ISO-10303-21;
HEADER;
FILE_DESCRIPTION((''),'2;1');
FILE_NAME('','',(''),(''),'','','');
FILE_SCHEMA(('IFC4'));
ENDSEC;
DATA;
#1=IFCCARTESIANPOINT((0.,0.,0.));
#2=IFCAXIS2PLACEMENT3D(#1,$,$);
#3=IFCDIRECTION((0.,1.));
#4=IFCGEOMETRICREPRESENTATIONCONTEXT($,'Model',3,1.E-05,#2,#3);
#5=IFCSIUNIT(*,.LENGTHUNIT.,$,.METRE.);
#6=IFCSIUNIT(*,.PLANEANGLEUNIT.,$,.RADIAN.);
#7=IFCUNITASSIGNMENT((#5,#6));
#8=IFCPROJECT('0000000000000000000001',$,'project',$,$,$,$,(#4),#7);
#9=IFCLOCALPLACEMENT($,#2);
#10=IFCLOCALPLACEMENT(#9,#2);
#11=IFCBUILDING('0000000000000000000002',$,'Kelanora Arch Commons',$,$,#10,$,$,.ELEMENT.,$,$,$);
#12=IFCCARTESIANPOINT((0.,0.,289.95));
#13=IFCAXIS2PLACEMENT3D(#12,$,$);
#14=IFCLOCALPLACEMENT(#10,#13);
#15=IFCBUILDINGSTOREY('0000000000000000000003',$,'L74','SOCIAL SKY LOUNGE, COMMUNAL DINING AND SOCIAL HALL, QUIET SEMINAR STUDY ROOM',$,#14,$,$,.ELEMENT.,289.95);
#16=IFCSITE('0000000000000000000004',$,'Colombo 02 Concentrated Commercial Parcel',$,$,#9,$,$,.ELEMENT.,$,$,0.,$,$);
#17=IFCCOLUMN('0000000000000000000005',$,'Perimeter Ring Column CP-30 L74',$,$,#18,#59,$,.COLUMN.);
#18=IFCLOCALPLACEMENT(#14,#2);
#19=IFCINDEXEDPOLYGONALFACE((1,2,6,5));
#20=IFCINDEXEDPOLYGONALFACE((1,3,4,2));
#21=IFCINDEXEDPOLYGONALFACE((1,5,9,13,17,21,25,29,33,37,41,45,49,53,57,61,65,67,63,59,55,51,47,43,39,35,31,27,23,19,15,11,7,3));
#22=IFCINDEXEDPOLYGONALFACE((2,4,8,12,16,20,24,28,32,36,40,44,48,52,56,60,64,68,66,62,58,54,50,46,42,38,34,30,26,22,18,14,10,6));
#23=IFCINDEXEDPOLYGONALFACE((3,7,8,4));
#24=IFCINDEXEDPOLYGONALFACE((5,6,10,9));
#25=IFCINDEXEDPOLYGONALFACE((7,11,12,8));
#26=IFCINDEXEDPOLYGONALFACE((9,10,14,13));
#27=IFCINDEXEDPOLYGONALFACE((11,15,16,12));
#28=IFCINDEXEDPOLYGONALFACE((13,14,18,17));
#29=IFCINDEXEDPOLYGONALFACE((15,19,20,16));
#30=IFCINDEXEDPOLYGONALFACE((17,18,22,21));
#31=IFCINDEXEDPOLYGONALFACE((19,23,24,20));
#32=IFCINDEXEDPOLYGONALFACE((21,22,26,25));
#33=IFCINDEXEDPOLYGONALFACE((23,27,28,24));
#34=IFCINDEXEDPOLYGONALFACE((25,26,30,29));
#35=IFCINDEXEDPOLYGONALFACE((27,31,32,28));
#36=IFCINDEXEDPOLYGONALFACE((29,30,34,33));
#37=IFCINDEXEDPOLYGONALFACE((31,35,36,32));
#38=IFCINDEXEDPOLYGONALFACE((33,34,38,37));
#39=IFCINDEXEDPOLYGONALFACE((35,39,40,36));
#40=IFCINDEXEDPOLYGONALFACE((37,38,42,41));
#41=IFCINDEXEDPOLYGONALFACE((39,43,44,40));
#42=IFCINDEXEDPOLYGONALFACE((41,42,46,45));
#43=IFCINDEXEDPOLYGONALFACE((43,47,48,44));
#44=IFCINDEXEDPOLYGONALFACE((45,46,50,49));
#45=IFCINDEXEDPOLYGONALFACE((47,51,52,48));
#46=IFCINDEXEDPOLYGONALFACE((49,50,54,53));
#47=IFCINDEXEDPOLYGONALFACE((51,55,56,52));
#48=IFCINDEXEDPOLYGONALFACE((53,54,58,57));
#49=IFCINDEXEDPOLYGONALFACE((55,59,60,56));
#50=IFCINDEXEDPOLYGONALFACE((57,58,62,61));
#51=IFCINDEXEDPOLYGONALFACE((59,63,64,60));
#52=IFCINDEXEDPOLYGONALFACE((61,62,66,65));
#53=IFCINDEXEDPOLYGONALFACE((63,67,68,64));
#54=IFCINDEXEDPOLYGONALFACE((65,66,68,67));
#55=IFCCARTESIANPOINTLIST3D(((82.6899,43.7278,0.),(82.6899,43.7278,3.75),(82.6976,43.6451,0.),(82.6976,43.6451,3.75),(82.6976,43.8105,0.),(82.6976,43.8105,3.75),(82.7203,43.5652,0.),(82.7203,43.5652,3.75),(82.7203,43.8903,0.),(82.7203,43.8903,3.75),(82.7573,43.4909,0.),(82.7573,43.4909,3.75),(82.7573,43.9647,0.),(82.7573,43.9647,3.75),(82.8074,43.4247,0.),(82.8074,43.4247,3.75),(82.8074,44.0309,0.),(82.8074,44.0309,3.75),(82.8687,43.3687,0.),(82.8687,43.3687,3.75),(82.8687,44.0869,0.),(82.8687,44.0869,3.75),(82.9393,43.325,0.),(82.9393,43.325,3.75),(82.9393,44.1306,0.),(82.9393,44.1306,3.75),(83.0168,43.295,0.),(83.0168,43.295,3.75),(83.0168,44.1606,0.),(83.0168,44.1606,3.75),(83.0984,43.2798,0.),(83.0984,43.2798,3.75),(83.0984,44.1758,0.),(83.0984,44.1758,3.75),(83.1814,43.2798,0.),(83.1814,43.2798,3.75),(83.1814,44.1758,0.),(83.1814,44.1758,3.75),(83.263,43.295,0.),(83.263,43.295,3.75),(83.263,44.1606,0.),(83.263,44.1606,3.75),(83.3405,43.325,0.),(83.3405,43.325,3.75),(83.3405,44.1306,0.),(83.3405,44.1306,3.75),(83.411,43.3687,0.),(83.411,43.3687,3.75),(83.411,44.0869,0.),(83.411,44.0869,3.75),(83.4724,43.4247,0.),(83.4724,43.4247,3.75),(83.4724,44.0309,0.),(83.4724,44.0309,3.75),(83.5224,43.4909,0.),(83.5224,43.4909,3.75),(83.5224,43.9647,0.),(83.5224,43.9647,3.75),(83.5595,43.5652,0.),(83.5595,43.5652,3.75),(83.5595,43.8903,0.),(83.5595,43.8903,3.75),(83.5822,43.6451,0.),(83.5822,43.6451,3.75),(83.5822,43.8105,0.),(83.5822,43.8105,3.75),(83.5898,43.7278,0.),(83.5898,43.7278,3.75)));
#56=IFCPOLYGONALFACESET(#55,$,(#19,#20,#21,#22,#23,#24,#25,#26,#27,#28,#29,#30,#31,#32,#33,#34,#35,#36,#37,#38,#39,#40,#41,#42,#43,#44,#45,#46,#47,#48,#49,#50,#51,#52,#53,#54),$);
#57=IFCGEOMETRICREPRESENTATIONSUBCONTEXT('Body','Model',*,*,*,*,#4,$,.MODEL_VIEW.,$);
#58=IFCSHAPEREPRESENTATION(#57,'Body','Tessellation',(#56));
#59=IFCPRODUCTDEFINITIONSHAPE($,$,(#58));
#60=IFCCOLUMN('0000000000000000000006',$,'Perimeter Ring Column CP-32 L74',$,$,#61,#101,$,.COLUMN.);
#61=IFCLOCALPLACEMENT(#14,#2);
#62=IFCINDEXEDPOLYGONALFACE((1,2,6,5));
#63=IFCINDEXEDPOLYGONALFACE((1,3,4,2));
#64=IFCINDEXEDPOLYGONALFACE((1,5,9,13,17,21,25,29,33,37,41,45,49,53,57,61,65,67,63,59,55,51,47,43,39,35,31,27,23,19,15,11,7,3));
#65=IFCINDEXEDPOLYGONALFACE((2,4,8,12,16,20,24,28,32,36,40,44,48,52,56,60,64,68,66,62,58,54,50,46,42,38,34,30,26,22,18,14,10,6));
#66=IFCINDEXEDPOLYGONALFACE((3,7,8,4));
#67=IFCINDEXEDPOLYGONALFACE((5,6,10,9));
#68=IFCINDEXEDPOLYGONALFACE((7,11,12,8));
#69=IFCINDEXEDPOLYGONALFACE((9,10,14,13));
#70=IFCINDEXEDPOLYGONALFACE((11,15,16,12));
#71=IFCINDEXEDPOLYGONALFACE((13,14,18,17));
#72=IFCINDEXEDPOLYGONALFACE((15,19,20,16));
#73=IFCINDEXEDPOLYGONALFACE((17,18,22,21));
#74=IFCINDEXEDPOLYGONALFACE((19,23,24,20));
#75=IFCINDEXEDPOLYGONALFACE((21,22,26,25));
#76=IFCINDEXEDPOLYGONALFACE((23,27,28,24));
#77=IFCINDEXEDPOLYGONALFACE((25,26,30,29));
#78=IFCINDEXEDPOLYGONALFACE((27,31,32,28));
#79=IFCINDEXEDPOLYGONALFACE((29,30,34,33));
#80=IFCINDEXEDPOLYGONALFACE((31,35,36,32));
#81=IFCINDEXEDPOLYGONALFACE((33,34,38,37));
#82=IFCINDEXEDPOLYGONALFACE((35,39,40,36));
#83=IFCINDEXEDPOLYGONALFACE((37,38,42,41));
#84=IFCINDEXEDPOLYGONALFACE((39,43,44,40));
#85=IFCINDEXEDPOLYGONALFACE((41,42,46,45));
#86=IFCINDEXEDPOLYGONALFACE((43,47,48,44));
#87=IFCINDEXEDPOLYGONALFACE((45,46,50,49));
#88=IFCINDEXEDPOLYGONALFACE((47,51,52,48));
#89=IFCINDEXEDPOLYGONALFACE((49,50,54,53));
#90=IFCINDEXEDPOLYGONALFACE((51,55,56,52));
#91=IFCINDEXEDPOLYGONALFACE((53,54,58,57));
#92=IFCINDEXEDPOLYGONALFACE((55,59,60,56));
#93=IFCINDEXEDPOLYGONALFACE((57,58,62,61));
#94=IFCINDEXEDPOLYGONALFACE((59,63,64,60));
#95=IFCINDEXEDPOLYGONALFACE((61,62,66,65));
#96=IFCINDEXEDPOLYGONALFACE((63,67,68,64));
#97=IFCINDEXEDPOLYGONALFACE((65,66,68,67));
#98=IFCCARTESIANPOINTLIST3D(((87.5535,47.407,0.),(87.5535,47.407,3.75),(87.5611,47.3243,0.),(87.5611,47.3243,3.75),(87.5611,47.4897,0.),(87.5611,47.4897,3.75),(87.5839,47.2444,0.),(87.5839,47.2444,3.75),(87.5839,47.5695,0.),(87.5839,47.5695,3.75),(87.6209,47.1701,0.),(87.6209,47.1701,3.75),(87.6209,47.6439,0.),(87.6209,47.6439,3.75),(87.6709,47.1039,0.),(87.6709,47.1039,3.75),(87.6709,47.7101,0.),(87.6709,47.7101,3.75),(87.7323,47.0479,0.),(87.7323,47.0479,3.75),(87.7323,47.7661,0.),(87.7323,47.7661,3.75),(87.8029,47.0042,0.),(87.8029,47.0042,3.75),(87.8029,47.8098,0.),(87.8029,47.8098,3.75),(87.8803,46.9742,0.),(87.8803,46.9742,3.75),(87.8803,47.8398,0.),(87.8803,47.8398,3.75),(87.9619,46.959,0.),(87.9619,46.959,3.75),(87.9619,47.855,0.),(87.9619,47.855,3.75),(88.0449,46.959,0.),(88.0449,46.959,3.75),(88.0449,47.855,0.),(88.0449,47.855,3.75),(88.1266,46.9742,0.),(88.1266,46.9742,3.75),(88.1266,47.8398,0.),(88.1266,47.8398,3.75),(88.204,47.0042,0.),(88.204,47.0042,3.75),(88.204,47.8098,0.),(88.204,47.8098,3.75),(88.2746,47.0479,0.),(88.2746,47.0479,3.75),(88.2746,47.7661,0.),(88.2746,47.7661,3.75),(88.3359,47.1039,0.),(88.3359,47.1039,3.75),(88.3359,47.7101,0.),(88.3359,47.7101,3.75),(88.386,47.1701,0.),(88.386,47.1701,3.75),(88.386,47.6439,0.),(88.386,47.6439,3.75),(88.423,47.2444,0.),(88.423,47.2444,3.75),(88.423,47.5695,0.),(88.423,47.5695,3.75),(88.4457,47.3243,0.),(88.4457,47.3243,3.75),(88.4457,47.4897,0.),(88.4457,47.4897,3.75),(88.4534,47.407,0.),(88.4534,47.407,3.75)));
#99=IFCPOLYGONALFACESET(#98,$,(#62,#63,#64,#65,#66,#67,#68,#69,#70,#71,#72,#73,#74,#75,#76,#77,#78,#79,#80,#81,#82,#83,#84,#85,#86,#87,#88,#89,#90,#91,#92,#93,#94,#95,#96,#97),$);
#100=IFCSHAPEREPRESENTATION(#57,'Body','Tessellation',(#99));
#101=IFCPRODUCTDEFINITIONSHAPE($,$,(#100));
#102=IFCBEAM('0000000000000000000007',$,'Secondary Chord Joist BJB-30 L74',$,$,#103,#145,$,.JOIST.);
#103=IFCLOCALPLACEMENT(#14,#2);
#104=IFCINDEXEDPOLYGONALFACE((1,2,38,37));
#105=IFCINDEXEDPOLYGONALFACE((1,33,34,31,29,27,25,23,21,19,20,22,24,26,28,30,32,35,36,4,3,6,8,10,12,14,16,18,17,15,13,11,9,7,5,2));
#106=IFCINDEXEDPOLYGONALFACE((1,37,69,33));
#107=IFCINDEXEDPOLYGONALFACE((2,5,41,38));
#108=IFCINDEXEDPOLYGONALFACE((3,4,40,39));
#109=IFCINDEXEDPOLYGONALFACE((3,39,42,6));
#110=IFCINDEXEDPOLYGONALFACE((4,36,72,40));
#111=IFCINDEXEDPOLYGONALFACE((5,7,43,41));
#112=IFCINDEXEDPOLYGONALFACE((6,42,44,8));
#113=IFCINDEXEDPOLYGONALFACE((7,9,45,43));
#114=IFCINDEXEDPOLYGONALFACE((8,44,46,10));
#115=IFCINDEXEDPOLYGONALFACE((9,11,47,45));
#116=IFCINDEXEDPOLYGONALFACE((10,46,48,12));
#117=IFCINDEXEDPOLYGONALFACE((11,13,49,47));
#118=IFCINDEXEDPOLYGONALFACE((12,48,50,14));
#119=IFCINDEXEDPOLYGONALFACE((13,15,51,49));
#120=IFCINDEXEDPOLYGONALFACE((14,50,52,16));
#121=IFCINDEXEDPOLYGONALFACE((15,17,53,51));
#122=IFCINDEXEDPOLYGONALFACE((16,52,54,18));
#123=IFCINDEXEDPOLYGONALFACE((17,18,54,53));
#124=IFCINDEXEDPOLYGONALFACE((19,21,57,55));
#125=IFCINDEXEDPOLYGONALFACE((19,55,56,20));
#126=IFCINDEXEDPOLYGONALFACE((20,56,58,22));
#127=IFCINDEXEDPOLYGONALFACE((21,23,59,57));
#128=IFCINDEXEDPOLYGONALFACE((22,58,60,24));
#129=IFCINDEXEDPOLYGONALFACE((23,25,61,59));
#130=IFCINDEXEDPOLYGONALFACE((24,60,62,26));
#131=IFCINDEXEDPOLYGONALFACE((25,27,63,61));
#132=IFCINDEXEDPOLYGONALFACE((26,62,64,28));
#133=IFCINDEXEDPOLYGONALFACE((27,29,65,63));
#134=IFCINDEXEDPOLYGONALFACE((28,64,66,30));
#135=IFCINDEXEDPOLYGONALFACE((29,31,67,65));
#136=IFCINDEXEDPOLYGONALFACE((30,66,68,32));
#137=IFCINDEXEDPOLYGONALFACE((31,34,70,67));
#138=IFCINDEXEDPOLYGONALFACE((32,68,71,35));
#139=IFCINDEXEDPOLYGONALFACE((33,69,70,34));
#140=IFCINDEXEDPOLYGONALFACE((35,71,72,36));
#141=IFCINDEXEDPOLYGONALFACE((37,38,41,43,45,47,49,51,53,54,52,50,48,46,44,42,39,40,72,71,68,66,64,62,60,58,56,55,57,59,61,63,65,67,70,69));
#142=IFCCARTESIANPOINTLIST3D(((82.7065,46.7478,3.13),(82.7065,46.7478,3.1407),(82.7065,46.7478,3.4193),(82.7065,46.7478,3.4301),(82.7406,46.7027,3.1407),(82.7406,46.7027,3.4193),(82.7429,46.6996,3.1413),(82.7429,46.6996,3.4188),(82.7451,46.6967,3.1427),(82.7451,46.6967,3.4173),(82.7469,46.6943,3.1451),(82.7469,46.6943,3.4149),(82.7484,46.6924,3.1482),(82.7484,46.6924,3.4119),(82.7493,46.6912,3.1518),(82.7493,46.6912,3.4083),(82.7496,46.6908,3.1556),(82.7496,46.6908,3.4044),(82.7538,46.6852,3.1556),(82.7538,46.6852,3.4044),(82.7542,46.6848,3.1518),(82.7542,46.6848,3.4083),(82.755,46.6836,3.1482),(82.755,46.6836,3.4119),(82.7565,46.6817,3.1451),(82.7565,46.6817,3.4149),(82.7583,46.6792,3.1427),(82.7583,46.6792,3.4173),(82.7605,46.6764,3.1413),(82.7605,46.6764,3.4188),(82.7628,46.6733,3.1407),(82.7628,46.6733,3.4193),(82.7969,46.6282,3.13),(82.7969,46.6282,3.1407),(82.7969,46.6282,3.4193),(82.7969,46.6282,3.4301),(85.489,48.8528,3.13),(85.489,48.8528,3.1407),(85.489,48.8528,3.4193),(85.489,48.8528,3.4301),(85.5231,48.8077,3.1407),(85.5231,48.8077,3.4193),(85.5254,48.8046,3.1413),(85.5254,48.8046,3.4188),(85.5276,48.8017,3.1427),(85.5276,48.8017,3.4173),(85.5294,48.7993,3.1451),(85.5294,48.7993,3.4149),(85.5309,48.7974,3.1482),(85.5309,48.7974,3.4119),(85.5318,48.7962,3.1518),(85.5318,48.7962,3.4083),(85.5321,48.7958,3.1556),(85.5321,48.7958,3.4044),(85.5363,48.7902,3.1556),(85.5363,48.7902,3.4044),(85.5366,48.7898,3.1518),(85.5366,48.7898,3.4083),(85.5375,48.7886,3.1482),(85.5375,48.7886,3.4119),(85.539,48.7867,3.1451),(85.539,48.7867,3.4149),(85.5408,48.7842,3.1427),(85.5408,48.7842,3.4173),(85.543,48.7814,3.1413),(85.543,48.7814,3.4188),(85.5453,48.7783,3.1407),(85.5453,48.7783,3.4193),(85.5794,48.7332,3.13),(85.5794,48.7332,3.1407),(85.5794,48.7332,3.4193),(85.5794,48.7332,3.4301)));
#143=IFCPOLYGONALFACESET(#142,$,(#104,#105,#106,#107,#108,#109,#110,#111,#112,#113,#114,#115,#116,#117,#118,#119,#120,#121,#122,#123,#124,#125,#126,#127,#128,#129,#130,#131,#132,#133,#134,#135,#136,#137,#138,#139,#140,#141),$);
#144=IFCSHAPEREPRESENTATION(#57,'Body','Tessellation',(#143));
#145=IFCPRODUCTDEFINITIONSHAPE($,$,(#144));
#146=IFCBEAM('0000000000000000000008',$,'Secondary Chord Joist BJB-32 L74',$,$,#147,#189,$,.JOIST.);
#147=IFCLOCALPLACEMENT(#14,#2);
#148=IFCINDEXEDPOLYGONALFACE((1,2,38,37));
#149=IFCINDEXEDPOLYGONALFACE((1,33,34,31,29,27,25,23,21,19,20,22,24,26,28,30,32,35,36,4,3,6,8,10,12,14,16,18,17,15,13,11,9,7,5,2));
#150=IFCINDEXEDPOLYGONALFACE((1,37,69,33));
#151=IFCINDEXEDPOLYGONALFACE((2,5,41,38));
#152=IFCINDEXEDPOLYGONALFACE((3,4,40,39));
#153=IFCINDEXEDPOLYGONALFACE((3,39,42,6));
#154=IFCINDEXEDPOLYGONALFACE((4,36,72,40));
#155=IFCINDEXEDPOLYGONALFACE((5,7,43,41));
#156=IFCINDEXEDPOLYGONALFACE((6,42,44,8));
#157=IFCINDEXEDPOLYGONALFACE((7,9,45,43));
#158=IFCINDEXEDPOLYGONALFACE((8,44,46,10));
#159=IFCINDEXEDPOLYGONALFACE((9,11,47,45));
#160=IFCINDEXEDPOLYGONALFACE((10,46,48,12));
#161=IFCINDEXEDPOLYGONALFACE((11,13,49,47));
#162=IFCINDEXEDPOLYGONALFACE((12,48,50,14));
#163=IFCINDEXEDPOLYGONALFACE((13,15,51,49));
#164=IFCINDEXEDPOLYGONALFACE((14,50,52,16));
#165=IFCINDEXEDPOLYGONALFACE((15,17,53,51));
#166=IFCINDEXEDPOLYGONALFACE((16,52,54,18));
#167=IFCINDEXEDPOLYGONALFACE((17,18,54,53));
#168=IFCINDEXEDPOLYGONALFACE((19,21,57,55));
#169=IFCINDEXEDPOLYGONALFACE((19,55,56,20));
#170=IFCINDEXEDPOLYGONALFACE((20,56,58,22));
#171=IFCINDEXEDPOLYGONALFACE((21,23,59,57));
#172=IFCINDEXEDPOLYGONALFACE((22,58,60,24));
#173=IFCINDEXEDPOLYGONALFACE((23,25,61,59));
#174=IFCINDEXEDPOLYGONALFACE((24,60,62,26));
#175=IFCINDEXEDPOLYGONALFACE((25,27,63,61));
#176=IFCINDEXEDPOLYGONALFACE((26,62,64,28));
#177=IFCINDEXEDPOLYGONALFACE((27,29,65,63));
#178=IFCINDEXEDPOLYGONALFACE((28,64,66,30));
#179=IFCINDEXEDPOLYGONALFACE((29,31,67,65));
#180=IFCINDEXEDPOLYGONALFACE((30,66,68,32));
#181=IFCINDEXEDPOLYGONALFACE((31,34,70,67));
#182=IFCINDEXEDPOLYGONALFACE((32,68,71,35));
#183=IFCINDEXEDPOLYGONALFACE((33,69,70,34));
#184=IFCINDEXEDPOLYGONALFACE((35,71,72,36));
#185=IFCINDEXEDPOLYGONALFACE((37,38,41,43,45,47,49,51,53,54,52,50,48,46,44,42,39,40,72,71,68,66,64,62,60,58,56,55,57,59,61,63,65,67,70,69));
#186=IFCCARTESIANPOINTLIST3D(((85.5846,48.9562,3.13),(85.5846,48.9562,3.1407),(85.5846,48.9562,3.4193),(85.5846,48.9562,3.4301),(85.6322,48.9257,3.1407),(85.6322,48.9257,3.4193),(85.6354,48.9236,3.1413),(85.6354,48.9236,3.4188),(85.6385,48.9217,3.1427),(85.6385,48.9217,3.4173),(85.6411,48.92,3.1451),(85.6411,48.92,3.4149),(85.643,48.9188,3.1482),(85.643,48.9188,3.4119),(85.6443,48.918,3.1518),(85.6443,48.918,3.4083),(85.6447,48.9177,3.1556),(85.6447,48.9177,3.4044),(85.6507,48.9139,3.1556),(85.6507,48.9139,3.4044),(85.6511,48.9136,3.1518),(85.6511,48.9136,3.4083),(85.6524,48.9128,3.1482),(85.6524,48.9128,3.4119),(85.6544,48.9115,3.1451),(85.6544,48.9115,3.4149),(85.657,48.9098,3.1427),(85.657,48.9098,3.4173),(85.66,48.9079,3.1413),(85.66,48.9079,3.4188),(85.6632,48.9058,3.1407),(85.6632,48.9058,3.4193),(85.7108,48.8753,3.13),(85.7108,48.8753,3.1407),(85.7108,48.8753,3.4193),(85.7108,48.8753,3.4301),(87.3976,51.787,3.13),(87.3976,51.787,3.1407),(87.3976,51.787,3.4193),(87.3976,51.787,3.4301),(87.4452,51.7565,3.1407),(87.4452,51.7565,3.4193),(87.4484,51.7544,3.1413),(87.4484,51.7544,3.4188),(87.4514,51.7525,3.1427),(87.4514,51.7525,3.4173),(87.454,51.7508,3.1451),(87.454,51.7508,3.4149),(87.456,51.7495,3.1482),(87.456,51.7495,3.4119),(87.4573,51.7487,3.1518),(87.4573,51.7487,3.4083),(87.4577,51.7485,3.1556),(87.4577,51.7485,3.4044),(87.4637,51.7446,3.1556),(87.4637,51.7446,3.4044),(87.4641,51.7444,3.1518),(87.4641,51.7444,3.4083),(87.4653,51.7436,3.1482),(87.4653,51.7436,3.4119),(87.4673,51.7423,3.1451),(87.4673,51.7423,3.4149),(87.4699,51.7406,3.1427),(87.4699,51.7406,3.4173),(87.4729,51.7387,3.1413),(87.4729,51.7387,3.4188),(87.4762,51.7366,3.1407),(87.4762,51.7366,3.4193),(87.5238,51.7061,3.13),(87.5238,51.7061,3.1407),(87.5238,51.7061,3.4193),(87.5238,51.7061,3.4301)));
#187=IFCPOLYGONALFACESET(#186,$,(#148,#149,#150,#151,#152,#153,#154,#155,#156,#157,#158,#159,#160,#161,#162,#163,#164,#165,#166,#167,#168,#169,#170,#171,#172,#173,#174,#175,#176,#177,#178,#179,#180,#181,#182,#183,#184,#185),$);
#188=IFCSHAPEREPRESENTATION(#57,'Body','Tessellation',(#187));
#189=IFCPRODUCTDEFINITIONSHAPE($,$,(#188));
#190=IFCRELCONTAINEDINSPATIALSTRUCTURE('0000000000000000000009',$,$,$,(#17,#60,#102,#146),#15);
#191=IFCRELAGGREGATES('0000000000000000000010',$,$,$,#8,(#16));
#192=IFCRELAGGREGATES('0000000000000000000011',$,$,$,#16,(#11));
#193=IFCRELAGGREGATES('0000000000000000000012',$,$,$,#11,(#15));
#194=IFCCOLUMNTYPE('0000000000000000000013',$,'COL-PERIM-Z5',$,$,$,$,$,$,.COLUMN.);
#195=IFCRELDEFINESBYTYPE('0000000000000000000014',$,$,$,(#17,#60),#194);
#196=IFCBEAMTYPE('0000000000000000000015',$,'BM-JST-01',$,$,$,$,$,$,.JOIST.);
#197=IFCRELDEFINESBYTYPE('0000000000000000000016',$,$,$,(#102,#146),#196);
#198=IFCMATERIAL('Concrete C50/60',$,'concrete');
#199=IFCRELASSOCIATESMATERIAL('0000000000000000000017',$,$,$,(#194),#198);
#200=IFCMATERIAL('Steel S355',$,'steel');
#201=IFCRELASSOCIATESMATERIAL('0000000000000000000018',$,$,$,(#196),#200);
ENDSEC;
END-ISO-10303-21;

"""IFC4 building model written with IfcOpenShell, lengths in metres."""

from ifc_helpers import new_model, si_unit, direction, frame, origin, origin_2d, place, context, subcontext, project, spatial, circle, i_section, extrude, material, material_profile, profile_set, type_object, element, save


model = new_model("IFC4")

# Units and contexts
model_context = context("Model", 3, precision=1e-05, world=origin(), true_north=direction((0.0, 1.0)))
body_context = subcontext(model_context, "Body", "Model", "MODEL_VIEW")
ifc_project = project(units=[si_unit("LENGTHUNIT", "METRE"), si_unit("PLANEANGLEUNIT", "RADIAN")], contexts=[model_context])

# Site, building, storey
site_placement = place(None, origin())
site = spatial("IfcSite", under=ifc_project, at=site_placement, Name="Colombo 02 Concentrated Commercial Parcel", CompositionType="ELEMENT", RefElevation=0.0)
building_placement = place(site_placement, origin())
building = spatial("IfcBuilding", under=site, at=building_placement, Name="Kelanora Arch Commons", CompositionType="ELEMENT")
storey_placement = place(building_placement, frame((0.0, 0.0, 289.95)))
storey = spatial("IfcBuildingStorey", under=building, at=storey_placement, Name="L74", Description="SOCIAL SKY LOUNGE, COMMUNAL DINING AND SOCIAL HALL, QUIET SEMINAR STUDY ROOM", CompositionType="ELEMENT", Elevation=289.95)

# Columns
ifc_material_1 = material(Name="Concrete C50/60", Category="concrete")
ifc_material_profile_1 = material_profile(ifc_material_1, circle(Radius=0.45, at=origin_2d()), Name="RCC900")
ifc_profile_set_1 = profile_set([ifc_material_profile_1], Name="Concrete C50/60")
column_type = type_object("IfcColumnType", Name="COL-PERIM-Z5", PredefinedType="COLUMN", material=ifc_profile_set_1)
for number, where, z_axis, x_axis, name in (
    (1, (83.1399, 43.7278, 0.0), (0.0, 0.0, 1.0), (1.0, 0.0, 0.0), "Perimeter Ring Column CP-30 L74"),
    (2, (88.0034, 47.407, 0.0), (0.0, 0.0, 1.0), (1.0, 0.0, 0.0), "Perimeter Ring Column CP-32 L74"),
):
    element("IfcColumn", number, at=place(storey_placement, frame(where, z_axis=z_axis, x_axis=x_axis)), inside=storey, type_object=column_type, Name=name, PredefinedType="COLUMN", context=body_context, shape_type="SweptSolid", body=[
        extrude(circle(Radius=0.45, at=origin_2d()), origin(), (0.0, 0.0, 1.0), 3.75),
    ])

# Beams
ifc_material_2 = material(Name="Steel S355", Category="steel")
ifc_material_profile_2 = material_profile(ifc_material_2, i_section(OverallWidth=0.1499, OverallDepth=0.3, WebThickness=0.0071, FlangeThickness=0.0107, FilletRadius=0.0149, at=origin_2d()), Name="IPE300")
ifc_profile_set_2 = profile_set([ifc_material_profile_2], Name="Steel S355")
beam_type_1 = type_object("IfcBeamType", Name="BM-JST-01", PredefinedType="JOIST", material=ifc_profile_set_2)
beam_1_placement = place(storey_placement, frame((82.7517, 46.688, 3.28), z_axis=(0.797499, 0.60332, 0.0), x_axis=(-0.60332, 0.797499, 0.0)))
element("IfcBeam", 3, at=beam_1_placement, inside=storey, type_object=beam_type_1, Name="Secondary Chord Joist BJB-30 L74", PredefinedType="JOIST", context=body_context, shape_type="SweptSolid", body=[
    extrude(i_section(OverallWidth=0.1499, OverallDepth=0.3, WebThickness=0.0071, FlangeThickness=0.0107, FilletRadius=0.0149, at=origin_2d()), origin(), (0.0, 0.0, 1.0), 3.489),
])
beam_2_placement = place(storey_placement, frame((85.6477, 48.9158, 3.28), z_axis=(0.539322, 0.8421, 0.0), x_axis=(-0.8421, 0.539322, 0.0)))
element("IfcBeam", 4, at=beam_2_placement, inside=storey, type_object=beam_type_1, Name="Secondary Chord Joist BJB-32 L74", PredefinedType="JOIST", context=body_context, shape_type="SweptSolid", body=[
    extrude(i_section(OverallWidth=0.1499, OverallDepth=0.3, WebThickness=0.0071, FlangeThickness=0.0107, FilletRadius=0.0149, at=origin_2d()), origin(), (0.0, 0.0, 1.0), 3.3616),
])

save(model, "model.ifc")
